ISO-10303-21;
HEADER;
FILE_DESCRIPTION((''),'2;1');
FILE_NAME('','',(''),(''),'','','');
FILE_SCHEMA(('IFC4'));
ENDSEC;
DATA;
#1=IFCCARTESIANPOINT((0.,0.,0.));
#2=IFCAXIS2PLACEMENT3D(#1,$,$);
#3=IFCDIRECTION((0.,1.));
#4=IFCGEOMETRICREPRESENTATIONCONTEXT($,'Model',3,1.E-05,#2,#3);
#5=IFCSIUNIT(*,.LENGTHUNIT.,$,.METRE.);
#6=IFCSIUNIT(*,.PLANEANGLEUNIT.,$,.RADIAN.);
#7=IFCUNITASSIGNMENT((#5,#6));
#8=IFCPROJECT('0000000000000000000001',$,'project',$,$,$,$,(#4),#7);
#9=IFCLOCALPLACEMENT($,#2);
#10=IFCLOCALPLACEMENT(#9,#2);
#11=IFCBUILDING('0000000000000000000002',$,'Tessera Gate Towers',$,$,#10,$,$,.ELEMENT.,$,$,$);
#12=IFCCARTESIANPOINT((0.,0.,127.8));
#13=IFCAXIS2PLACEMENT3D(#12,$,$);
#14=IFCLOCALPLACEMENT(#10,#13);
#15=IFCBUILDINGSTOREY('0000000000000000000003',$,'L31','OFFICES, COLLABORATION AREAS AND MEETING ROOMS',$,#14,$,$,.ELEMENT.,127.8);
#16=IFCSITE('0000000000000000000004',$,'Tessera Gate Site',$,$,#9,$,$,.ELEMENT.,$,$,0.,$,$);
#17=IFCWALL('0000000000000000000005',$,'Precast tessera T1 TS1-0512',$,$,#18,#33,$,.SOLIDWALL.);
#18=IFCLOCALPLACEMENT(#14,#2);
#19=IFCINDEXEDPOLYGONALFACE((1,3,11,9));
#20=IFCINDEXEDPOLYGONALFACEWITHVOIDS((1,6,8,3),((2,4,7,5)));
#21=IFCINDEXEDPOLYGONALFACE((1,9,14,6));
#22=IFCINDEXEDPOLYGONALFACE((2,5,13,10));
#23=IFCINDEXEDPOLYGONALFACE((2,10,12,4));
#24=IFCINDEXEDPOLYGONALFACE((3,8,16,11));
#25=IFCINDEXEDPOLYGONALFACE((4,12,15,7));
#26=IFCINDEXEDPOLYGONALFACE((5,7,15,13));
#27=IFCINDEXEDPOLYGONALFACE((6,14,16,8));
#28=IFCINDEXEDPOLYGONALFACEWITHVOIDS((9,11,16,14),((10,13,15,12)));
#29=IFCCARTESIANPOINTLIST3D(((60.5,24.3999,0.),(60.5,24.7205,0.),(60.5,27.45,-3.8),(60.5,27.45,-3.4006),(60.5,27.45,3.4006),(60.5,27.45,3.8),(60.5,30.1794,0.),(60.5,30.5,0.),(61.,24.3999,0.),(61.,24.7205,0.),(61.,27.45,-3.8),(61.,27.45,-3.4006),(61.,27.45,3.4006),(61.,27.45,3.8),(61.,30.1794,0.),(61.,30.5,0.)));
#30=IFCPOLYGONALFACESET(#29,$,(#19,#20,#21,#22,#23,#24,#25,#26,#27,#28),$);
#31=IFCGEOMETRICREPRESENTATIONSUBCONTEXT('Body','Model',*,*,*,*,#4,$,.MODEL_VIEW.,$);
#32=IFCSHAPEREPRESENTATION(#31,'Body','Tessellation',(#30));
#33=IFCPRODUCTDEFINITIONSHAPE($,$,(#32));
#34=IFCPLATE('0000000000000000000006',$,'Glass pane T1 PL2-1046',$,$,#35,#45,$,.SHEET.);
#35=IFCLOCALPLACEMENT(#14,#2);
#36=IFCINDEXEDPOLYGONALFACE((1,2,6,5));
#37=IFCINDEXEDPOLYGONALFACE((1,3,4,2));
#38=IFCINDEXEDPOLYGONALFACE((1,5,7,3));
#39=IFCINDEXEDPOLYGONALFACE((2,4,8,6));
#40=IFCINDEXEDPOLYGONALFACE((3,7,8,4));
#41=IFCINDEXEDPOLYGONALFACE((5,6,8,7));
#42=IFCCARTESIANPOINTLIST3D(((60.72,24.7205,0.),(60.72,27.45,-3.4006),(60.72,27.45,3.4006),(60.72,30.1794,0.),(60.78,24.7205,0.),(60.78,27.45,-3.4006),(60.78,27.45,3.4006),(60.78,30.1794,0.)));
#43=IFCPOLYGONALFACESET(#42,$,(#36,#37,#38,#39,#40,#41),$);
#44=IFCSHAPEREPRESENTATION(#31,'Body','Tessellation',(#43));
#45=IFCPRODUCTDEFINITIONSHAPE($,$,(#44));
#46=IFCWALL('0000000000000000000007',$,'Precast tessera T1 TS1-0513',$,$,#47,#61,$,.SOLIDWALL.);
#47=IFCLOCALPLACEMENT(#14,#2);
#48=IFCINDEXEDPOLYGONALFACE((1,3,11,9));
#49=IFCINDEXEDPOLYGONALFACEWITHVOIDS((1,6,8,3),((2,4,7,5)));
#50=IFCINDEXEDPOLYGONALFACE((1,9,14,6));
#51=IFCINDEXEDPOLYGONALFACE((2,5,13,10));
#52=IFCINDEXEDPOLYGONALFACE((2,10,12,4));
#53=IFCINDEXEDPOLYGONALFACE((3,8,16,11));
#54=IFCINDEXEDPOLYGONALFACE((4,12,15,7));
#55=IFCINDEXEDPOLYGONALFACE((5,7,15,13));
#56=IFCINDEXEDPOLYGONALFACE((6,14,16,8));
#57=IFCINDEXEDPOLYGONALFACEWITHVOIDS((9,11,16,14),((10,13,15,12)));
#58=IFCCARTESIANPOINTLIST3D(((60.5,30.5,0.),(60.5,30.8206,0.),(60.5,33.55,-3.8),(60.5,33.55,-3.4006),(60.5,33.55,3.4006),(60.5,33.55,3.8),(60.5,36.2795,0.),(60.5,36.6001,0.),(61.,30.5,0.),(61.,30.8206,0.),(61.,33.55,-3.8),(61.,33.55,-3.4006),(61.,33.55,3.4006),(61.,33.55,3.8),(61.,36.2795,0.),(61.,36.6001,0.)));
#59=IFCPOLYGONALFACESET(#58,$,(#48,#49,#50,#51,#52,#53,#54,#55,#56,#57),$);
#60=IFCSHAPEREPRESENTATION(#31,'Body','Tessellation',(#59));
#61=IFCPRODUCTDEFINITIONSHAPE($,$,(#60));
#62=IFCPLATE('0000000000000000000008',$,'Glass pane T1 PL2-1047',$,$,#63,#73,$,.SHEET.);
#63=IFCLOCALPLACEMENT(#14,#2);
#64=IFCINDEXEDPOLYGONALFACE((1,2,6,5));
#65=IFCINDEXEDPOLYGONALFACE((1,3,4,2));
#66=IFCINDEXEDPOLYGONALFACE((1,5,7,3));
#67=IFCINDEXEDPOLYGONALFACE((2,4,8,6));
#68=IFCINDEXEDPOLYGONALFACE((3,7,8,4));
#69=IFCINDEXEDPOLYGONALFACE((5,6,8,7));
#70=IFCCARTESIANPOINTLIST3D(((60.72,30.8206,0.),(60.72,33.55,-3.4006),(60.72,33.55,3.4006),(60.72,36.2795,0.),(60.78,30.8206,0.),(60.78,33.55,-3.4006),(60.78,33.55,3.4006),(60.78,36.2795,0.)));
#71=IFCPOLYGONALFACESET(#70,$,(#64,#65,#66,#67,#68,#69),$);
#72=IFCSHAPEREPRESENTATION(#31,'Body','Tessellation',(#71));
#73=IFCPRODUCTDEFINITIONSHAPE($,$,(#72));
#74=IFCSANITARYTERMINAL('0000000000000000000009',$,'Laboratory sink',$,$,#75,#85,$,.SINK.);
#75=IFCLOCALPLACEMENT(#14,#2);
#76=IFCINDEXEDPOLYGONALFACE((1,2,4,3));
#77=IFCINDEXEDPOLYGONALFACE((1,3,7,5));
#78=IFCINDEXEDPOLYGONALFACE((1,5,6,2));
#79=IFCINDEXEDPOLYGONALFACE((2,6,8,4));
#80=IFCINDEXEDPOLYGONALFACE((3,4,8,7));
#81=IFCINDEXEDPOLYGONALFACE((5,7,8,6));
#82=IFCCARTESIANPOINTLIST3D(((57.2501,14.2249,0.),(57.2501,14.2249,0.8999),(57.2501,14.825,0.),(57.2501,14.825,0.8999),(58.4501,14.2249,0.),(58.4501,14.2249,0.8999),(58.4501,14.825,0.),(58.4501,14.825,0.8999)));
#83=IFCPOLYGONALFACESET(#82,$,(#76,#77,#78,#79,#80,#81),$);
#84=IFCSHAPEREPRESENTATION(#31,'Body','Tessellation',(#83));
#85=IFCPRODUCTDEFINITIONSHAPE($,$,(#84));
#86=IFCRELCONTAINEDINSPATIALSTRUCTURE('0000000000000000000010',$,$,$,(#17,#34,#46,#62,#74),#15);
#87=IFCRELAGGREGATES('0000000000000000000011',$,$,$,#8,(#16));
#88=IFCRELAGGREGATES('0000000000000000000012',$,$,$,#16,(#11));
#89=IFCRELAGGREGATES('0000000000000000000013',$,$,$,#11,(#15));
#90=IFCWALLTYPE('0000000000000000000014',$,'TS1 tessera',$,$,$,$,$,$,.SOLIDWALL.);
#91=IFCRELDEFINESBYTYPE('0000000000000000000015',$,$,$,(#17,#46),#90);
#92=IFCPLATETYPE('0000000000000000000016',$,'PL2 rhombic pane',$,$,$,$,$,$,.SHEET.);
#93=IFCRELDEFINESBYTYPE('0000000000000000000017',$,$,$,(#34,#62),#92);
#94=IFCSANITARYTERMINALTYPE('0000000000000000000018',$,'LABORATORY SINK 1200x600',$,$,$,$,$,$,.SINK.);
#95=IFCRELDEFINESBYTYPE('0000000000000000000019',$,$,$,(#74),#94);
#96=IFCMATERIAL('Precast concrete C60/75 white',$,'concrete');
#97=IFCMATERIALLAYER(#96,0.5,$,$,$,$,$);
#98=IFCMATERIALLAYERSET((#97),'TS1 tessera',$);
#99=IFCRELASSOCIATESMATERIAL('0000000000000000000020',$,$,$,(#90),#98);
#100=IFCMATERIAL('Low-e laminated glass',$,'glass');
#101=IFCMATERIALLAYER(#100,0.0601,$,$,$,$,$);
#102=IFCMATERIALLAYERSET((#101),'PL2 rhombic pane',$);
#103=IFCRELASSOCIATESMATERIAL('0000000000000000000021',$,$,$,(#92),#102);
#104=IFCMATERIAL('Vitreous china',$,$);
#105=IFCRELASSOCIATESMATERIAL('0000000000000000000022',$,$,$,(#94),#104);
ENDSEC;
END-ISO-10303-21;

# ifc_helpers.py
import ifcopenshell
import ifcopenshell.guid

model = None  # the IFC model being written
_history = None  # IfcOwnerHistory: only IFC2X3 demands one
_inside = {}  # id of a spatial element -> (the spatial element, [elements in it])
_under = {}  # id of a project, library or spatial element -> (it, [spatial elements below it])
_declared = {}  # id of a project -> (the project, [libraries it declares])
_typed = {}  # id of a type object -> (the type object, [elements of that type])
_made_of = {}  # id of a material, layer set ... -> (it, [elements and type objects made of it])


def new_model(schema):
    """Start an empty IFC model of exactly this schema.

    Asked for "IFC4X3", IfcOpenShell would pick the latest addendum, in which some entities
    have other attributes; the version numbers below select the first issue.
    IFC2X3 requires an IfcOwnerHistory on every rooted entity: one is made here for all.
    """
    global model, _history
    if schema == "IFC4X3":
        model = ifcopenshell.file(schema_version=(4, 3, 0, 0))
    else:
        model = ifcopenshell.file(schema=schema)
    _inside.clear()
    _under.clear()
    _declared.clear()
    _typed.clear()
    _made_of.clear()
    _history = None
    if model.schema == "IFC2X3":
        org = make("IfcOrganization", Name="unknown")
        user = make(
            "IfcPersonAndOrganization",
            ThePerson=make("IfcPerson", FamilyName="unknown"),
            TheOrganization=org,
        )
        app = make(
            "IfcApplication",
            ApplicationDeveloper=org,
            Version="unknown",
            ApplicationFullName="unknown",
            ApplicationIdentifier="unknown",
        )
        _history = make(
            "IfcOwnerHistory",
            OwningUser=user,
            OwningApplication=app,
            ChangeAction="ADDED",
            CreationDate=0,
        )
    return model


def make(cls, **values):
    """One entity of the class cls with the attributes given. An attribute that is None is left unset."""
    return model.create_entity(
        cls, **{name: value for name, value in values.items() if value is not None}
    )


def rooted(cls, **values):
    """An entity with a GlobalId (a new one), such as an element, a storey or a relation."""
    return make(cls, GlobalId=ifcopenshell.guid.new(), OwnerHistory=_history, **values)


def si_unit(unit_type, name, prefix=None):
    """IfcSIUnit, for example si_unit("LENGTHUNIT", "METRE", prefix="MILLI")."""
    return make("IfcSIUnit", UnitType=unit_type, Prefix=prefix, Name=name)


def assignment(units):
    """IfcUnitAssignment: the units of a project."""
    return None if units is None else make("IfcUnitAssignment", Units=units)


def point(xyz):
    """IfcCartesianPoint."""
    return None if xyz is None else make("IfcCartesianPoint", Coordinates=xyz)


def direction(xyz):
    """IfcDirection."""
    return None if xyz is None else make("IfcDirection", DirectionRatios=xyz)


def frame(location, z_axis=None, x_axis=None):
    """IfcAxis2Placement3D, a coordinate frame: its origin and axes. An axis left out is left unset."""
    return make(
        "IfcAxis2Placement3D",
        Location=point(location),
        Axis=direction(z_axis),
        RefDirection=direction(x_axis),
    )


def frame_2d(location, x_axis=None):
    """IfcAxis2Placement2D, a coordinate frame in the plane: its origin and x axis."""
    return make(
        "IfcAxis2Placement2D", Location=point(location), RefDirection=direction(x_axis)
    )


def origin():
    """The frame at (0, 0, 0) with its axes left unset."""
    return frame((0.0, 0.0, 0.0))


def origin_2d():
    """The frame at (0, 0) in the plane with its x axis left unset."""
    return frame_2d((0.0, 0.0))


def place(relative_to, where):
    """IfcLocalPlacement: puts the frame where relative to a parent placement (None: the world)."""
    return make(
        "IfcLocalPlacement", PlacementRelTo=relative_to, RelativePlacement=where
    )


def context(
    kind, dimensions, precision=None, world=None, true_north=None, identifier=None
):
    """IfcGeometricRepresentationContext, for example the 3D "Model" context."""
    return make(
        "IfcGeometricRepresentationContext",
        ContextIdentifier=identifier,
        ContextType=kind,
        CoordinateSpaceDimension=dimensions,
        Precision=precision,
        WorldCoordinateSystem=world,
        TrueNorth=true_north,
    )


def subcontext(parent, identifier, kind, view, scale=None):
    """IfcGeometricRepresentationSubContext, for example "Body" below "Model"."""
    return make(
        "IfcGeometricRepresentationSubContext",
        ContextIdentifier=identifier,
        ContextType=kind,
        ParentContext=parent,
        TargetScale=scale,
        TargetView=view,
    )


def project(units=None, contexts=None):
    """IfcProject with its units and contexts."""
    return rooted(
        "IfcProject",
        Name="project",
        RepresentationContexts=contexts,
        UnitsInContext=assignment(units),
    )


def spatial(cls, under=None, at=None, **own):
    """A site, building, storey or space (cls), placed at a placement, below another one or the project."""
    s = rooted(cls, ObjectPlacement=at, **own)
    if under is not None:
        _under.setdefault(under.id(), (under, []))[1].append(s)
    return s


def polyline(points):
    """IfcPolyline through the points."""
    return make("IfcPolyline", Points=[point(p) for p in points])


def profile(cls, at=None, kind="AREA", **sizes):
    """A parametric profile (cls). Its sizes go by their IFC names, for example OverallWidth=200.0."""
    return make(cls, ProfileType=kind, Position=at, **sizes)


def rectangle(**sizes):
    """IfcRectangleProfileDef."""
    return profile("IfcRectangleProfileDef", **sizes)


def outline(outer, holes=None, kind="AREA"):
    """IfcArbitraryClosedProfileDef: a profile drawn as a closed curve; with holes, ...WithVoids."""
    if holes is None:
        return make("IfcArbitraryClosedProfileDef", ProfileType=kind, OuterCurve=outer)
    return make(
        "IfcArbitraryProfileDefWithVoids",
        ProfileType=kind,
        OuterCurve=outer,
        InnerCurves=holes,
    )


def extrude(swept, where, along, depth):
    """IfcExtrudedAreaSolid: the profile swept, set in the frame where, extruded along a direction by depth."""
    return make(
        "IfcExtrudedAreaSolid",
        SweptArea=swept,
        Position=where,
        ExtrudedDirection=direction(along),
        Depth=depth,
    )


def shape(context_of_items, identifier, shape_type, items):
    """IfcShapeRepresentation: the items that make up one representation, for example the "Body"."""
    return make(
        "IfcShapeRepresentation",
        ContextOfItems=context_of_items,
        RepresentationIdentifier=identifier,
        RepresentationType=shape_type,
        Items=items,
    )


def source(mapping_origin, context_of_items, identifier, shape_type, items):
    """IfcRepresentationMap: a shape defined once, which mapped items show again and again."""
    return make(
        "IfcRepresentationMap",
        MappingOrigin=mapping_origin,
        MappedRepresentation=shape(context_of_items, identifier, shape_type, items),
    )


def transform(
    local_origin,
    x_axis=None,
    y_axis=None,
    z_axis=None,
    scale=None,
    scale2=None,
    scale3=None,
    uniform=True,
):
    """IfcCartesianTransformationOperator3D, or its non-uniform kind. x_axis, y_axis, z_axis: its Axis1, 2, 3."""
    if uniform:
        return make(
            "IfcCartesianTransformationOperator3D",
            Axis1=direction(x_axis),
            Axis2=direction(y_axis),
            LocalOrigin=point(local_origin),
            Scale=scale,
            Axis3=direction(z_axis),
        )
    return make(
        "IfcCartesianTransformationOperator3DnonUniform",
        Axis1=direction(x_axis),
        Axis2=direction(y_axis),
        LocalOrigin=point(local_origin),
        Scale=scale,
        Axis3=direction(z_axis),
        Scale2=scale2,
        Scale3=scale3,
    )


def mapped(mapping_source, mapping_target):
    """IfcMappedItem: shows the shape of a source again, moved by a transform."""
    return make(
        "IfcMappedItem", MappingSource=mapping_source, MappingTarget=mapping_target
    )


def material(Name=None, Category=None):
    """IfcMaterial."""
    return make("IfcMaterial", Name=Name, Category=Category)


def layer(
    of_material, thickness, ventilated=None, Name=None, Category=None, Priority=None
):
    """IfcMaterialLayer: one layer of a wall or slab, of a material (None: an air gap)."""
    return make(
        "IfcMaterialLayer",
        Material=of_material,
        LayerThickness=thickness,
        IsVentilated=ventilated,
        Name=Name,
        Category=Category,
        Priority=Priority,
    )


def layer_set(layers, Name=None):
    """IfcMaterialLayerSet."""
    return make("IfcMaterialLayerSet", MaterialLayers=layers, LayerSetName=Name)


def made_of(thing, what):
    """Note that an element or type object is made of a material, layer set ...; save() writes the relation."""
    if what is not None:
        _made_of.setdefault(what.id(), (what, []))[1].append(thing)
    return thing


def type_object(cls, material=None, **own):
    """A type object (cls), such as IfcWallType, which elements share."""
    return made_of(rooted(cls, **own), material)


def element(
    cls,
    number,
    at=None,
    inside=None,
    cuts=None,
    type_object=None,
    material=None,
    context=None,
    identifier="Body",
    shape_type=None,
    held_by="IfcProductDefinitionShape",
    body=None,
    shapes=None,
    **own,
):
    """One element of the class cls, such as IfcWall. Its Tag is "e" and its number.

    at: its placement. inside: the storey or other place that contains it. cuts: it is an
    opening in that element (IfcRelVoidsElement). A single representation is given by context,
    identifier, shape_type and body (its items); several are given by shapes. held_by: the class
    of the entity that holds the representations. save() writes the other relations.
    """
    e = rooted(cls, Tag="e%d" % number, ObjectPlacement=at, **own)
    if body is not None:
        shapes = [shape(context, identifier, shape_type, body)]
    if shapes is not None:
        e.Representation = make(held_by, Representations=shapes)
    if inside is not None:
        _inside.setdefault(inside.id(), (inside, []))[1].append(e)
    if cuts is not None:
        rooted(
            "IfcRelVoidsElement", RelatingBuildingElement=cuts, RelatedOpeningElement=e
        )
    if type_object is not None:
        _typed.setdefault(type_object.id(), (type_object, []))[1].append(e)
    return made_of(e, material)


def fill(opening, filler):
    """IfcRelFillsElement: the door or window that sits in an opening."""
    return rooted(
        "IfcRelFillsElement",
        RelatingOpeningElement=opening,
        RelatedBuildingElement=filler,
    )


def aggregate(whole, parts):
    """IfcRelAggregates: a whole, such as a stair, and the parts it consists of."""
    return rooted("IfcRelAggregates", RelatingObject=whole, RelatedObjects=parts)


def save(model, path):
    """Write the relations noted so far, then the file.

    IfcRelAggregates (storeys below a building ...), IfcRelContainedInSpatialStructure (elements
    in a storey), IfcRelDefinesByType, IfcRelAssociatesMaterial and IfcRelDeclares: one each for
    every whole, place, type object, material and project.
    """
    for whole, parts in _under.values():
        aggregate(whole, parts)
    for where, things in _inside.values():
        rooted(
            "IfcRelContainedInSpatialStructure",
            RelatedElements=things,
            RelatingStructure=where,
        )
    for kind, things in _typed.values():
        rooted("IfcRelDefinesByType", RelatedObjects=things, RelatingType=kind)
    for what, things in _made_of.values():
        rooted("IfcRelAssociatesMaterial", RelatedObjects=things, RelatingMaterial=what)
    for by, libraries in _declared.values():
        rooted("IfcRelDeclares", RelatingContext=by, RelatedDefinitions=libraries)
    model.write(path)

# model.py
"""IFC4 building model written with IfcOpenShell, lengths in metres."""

from ifc_helpers import new_model, si_unit, direction, frame, origin, origin_2d, place, context, subcontext, project, spatial, polyline, rectangle, outline, extrude, source, transform, mapped, material, layer, layer_set, type_object, element, fill, save


model = new_model("IFC4")

# Units and contexts
model_context = context("Model", 3, precision=1e-05, world=origin(), true_north=direction((0.0, 1.0)))
body_context = subcontext(model_context, "Body", "Model", "MODEL_VIEW")
ifc_project = project(units=[si_unit("LENGTHUNIT", "METRE"), si_unit("PLANEANGLEUNIT", "RADIAN")], contexts=[model_context])

# Site, building, storey
site_placement = place(None, origin())
site = spatial("IfcSite", under=ifc_project, at=site_placement, Name="Tessera Gate Site", CompositionType="ELEMENT", RefElevation=0.0)
building_placement = place(site_placement, origin())
building = spatial("IfcBuilding", under=site, at=building_placement, Name="Tessera Gate Towers", CompositionType="ELEMENT")
storey_placement = place(building_placement, frame((0.0, 0.0, 127.8)))
storey = spatial("IfcBuildingStorey", under=building, at=storey_placement, Name="L31", Description="OFFICES, COLLABORATION AREAS AND MEETING ROOMS", CompositionType="ELEMENT", Elevation=127.8)

# Walls, openings, plates
ifc_material_1 = material(Name="Precast concrete C60/75 white", Category="concrete")
ifc_layer_1 = layer(ifc_material_1, 0.5)
ifc_layer_set_1 = layer_set([ifc_layer_1], Name="TS1 tessera")
wall_type_1 = type_object("IfcWallType", Name="TS1 tessera", PredefinedType="SOLIDWALL", material=ifc_layer_set_1)
shared_shape_1 = source(origin(), body_context, "Body", "SweptSolid", [
    extrude(outline(polyline([(3.05, 0.0), (6.1001, 3.8), (3.05, 7.6001), (0.0, 3.8), (3.05, 0.0)])), frame((0.0, 0.25, 0.0), z_axis=(0.0, -1.0, 0.0), x_axis=(1.0, 0.0, 0.0)), (0.0, 0.0, 1.0), 0.5),
])
wall_1_placement = place(storey_placement, frame((60.75, 24.3999, -3.8), z_axis=(0.0, 0.0, 1.0), x_axis=(0.0, 1.0, 0.0)))
wall_1 = element("IfcWall", 1, at=wall_1_placement, inside=storey, type_object=wall_type_1, Name="Precast tessera T1 TS1-0512", PredefinedType="SOLIDWALL", context=body_context, shape_type="MappedRepresentation", body=[
    mapped(shared_shape_1, transform((0.0, 0.0, 0.0), scale=1.0)),
])
shared_shape_2 = source(origin(), body_context, "Body", "SweptSolid", [
    extrude(outline(polyline([(3.05, 0.3994), (5.7795, 3.8), (3.05, 7.2007), (0.3206, 3.8), (3.05, 0.3994)])), frame((0.0, 0.26, 0.0), z_axis=(0.0, -1.0, 0.0), x_axis=(1.0, 0.0, 0.0)), (0.0, 0.0, 1.0), 0.52),
])
opening_1_placement = place(wall_1_placement, origin())
opening_1 = element("IfcOpeningElement", 2, at=opening_1_placement, cuts=wall_1, PredefinedType="OPENING", context=body_context, shape_type="MappedRepresentation", body=[
    mapped(shared_shape_2, transform((0.0, 0.0, 0.0), scale=1.0)),
])
ifc_material_2 = material(Name="Low-e laminated glass", Category="glass")
ifc_layer_2 = layer(ifc_material_2, 0.0601)
ifc_layer_set_2 = layer_set([ifc_layer_2], Name="PL2 rhombic pane")
plate_type = type_object("IfcPlateType", Name="PL2 rhombic pane", PredefinedType="SHEET", material=ifc_layer_set_2)
shared_shape_3 = source(origin(), body_context, "Body", "SweptSolid", [
    extrude(outline(polyline([(3.05, 0.3994), (5.7795, 3.8), (3.05, 7.2007), (0.3206, 3.8), (3.05, 0.3994)])), frame((0.0, 0.03, 0.0), z_axis=(0.0, -1.0, 0.0), x_axis=(1.0, 0.0, 0.0)), (0.0, 0.0, 1.0), 0.0601),
])
plate_1_placement = place(opening_1_placement, origin())
plate_1 = element("IfcPlate", 3, at=plate_1_placement, inside=storey, type_object=plate_type, Name="Glass pane T1 PL2-1046", PredefinedType="SHEET", context=body_context, shape_type="MappedRepresentation", body=[
    mapped(shared_shape_3, transform((0.0, 0.0, 0.0), scale=1.0)),
])
fill(opening_1, plate_1)
wall_2_placement = place(storey_placement, frame((60.75, 30.5, -3.8), z_axis=(0.0, 0.0, 1.0), x_axis=(0.0, 1.0, 0.0)))
wall_2 = element("IfcWall", 4, at=wall_2_placement, inside=storey, type_object=wall_type_1, Name="Precast tessera T1 TS1-0513", PredefinedType="SOLIDWALL", context=body_context, shape_type="MappedRepresentation", body=[
    mapped(shared_shape_1, transform((0.0, 0.0, 0.0), scale=1.0)),
])
opening_2_placement = place(wall_2_placement, origin())
opening_2 = element("IfcOpeningElement", 5, at=opening_2_placement, cuts=wall_2, PredefinedType="OPENING", context=body_context, shape_type="MappedRepresentation", body=[
    mapped(shared_shape_2, transform((0.0, 0.0, 0.0), scale=1.0)),
])
plate_2_placement = place(opening_2_placement, origin())
plate_2 = element("IfcPlate", 6, at=plate_2_placement, inside=storey, type_object=plate_type, Name="Glass pane T1 PL2-1047", PredefinedType="SHEET", context=body_context, shape_type="MappedRepresentation", body=[
    mapped(shared_shape_3, transform((0.0, 0.0, 0.0), scale=1.0)),
])
fill(opening_2, plate_2)

# Sanitary terminal
ifc_material_3 = material(Name="Vitreous china")
sanitary_terminal_type = type_object("IfcSanitaryTerminalType", Name="LABORATORY SINK 1200x600", PredefinedType="SINK", material=ifc_material_3)
sanitary_terminal_placement = place(storey_placement, frame((57.8501, 14.5249, 0.0), z_axis=(0.0, 0.0, 1.0), x_axis=(1.0, 0.0, 0.0)))
element("IfcSanitaryTerminal", 7, at=sanitary_terminal_placement, inside=storey, type_object=sanitary_terminal_type, Name="Laboratory sink", PredefinedType="SINK", context=body_context, shape_type="SweptSolid", body=[
    extrude(rectangle(XDim=1.2, YDim=0.6001, at=origin_2d()), origin(), (0.0, 0.0, 1.0), 0.8999),
])

save(model, "model.ifc")
